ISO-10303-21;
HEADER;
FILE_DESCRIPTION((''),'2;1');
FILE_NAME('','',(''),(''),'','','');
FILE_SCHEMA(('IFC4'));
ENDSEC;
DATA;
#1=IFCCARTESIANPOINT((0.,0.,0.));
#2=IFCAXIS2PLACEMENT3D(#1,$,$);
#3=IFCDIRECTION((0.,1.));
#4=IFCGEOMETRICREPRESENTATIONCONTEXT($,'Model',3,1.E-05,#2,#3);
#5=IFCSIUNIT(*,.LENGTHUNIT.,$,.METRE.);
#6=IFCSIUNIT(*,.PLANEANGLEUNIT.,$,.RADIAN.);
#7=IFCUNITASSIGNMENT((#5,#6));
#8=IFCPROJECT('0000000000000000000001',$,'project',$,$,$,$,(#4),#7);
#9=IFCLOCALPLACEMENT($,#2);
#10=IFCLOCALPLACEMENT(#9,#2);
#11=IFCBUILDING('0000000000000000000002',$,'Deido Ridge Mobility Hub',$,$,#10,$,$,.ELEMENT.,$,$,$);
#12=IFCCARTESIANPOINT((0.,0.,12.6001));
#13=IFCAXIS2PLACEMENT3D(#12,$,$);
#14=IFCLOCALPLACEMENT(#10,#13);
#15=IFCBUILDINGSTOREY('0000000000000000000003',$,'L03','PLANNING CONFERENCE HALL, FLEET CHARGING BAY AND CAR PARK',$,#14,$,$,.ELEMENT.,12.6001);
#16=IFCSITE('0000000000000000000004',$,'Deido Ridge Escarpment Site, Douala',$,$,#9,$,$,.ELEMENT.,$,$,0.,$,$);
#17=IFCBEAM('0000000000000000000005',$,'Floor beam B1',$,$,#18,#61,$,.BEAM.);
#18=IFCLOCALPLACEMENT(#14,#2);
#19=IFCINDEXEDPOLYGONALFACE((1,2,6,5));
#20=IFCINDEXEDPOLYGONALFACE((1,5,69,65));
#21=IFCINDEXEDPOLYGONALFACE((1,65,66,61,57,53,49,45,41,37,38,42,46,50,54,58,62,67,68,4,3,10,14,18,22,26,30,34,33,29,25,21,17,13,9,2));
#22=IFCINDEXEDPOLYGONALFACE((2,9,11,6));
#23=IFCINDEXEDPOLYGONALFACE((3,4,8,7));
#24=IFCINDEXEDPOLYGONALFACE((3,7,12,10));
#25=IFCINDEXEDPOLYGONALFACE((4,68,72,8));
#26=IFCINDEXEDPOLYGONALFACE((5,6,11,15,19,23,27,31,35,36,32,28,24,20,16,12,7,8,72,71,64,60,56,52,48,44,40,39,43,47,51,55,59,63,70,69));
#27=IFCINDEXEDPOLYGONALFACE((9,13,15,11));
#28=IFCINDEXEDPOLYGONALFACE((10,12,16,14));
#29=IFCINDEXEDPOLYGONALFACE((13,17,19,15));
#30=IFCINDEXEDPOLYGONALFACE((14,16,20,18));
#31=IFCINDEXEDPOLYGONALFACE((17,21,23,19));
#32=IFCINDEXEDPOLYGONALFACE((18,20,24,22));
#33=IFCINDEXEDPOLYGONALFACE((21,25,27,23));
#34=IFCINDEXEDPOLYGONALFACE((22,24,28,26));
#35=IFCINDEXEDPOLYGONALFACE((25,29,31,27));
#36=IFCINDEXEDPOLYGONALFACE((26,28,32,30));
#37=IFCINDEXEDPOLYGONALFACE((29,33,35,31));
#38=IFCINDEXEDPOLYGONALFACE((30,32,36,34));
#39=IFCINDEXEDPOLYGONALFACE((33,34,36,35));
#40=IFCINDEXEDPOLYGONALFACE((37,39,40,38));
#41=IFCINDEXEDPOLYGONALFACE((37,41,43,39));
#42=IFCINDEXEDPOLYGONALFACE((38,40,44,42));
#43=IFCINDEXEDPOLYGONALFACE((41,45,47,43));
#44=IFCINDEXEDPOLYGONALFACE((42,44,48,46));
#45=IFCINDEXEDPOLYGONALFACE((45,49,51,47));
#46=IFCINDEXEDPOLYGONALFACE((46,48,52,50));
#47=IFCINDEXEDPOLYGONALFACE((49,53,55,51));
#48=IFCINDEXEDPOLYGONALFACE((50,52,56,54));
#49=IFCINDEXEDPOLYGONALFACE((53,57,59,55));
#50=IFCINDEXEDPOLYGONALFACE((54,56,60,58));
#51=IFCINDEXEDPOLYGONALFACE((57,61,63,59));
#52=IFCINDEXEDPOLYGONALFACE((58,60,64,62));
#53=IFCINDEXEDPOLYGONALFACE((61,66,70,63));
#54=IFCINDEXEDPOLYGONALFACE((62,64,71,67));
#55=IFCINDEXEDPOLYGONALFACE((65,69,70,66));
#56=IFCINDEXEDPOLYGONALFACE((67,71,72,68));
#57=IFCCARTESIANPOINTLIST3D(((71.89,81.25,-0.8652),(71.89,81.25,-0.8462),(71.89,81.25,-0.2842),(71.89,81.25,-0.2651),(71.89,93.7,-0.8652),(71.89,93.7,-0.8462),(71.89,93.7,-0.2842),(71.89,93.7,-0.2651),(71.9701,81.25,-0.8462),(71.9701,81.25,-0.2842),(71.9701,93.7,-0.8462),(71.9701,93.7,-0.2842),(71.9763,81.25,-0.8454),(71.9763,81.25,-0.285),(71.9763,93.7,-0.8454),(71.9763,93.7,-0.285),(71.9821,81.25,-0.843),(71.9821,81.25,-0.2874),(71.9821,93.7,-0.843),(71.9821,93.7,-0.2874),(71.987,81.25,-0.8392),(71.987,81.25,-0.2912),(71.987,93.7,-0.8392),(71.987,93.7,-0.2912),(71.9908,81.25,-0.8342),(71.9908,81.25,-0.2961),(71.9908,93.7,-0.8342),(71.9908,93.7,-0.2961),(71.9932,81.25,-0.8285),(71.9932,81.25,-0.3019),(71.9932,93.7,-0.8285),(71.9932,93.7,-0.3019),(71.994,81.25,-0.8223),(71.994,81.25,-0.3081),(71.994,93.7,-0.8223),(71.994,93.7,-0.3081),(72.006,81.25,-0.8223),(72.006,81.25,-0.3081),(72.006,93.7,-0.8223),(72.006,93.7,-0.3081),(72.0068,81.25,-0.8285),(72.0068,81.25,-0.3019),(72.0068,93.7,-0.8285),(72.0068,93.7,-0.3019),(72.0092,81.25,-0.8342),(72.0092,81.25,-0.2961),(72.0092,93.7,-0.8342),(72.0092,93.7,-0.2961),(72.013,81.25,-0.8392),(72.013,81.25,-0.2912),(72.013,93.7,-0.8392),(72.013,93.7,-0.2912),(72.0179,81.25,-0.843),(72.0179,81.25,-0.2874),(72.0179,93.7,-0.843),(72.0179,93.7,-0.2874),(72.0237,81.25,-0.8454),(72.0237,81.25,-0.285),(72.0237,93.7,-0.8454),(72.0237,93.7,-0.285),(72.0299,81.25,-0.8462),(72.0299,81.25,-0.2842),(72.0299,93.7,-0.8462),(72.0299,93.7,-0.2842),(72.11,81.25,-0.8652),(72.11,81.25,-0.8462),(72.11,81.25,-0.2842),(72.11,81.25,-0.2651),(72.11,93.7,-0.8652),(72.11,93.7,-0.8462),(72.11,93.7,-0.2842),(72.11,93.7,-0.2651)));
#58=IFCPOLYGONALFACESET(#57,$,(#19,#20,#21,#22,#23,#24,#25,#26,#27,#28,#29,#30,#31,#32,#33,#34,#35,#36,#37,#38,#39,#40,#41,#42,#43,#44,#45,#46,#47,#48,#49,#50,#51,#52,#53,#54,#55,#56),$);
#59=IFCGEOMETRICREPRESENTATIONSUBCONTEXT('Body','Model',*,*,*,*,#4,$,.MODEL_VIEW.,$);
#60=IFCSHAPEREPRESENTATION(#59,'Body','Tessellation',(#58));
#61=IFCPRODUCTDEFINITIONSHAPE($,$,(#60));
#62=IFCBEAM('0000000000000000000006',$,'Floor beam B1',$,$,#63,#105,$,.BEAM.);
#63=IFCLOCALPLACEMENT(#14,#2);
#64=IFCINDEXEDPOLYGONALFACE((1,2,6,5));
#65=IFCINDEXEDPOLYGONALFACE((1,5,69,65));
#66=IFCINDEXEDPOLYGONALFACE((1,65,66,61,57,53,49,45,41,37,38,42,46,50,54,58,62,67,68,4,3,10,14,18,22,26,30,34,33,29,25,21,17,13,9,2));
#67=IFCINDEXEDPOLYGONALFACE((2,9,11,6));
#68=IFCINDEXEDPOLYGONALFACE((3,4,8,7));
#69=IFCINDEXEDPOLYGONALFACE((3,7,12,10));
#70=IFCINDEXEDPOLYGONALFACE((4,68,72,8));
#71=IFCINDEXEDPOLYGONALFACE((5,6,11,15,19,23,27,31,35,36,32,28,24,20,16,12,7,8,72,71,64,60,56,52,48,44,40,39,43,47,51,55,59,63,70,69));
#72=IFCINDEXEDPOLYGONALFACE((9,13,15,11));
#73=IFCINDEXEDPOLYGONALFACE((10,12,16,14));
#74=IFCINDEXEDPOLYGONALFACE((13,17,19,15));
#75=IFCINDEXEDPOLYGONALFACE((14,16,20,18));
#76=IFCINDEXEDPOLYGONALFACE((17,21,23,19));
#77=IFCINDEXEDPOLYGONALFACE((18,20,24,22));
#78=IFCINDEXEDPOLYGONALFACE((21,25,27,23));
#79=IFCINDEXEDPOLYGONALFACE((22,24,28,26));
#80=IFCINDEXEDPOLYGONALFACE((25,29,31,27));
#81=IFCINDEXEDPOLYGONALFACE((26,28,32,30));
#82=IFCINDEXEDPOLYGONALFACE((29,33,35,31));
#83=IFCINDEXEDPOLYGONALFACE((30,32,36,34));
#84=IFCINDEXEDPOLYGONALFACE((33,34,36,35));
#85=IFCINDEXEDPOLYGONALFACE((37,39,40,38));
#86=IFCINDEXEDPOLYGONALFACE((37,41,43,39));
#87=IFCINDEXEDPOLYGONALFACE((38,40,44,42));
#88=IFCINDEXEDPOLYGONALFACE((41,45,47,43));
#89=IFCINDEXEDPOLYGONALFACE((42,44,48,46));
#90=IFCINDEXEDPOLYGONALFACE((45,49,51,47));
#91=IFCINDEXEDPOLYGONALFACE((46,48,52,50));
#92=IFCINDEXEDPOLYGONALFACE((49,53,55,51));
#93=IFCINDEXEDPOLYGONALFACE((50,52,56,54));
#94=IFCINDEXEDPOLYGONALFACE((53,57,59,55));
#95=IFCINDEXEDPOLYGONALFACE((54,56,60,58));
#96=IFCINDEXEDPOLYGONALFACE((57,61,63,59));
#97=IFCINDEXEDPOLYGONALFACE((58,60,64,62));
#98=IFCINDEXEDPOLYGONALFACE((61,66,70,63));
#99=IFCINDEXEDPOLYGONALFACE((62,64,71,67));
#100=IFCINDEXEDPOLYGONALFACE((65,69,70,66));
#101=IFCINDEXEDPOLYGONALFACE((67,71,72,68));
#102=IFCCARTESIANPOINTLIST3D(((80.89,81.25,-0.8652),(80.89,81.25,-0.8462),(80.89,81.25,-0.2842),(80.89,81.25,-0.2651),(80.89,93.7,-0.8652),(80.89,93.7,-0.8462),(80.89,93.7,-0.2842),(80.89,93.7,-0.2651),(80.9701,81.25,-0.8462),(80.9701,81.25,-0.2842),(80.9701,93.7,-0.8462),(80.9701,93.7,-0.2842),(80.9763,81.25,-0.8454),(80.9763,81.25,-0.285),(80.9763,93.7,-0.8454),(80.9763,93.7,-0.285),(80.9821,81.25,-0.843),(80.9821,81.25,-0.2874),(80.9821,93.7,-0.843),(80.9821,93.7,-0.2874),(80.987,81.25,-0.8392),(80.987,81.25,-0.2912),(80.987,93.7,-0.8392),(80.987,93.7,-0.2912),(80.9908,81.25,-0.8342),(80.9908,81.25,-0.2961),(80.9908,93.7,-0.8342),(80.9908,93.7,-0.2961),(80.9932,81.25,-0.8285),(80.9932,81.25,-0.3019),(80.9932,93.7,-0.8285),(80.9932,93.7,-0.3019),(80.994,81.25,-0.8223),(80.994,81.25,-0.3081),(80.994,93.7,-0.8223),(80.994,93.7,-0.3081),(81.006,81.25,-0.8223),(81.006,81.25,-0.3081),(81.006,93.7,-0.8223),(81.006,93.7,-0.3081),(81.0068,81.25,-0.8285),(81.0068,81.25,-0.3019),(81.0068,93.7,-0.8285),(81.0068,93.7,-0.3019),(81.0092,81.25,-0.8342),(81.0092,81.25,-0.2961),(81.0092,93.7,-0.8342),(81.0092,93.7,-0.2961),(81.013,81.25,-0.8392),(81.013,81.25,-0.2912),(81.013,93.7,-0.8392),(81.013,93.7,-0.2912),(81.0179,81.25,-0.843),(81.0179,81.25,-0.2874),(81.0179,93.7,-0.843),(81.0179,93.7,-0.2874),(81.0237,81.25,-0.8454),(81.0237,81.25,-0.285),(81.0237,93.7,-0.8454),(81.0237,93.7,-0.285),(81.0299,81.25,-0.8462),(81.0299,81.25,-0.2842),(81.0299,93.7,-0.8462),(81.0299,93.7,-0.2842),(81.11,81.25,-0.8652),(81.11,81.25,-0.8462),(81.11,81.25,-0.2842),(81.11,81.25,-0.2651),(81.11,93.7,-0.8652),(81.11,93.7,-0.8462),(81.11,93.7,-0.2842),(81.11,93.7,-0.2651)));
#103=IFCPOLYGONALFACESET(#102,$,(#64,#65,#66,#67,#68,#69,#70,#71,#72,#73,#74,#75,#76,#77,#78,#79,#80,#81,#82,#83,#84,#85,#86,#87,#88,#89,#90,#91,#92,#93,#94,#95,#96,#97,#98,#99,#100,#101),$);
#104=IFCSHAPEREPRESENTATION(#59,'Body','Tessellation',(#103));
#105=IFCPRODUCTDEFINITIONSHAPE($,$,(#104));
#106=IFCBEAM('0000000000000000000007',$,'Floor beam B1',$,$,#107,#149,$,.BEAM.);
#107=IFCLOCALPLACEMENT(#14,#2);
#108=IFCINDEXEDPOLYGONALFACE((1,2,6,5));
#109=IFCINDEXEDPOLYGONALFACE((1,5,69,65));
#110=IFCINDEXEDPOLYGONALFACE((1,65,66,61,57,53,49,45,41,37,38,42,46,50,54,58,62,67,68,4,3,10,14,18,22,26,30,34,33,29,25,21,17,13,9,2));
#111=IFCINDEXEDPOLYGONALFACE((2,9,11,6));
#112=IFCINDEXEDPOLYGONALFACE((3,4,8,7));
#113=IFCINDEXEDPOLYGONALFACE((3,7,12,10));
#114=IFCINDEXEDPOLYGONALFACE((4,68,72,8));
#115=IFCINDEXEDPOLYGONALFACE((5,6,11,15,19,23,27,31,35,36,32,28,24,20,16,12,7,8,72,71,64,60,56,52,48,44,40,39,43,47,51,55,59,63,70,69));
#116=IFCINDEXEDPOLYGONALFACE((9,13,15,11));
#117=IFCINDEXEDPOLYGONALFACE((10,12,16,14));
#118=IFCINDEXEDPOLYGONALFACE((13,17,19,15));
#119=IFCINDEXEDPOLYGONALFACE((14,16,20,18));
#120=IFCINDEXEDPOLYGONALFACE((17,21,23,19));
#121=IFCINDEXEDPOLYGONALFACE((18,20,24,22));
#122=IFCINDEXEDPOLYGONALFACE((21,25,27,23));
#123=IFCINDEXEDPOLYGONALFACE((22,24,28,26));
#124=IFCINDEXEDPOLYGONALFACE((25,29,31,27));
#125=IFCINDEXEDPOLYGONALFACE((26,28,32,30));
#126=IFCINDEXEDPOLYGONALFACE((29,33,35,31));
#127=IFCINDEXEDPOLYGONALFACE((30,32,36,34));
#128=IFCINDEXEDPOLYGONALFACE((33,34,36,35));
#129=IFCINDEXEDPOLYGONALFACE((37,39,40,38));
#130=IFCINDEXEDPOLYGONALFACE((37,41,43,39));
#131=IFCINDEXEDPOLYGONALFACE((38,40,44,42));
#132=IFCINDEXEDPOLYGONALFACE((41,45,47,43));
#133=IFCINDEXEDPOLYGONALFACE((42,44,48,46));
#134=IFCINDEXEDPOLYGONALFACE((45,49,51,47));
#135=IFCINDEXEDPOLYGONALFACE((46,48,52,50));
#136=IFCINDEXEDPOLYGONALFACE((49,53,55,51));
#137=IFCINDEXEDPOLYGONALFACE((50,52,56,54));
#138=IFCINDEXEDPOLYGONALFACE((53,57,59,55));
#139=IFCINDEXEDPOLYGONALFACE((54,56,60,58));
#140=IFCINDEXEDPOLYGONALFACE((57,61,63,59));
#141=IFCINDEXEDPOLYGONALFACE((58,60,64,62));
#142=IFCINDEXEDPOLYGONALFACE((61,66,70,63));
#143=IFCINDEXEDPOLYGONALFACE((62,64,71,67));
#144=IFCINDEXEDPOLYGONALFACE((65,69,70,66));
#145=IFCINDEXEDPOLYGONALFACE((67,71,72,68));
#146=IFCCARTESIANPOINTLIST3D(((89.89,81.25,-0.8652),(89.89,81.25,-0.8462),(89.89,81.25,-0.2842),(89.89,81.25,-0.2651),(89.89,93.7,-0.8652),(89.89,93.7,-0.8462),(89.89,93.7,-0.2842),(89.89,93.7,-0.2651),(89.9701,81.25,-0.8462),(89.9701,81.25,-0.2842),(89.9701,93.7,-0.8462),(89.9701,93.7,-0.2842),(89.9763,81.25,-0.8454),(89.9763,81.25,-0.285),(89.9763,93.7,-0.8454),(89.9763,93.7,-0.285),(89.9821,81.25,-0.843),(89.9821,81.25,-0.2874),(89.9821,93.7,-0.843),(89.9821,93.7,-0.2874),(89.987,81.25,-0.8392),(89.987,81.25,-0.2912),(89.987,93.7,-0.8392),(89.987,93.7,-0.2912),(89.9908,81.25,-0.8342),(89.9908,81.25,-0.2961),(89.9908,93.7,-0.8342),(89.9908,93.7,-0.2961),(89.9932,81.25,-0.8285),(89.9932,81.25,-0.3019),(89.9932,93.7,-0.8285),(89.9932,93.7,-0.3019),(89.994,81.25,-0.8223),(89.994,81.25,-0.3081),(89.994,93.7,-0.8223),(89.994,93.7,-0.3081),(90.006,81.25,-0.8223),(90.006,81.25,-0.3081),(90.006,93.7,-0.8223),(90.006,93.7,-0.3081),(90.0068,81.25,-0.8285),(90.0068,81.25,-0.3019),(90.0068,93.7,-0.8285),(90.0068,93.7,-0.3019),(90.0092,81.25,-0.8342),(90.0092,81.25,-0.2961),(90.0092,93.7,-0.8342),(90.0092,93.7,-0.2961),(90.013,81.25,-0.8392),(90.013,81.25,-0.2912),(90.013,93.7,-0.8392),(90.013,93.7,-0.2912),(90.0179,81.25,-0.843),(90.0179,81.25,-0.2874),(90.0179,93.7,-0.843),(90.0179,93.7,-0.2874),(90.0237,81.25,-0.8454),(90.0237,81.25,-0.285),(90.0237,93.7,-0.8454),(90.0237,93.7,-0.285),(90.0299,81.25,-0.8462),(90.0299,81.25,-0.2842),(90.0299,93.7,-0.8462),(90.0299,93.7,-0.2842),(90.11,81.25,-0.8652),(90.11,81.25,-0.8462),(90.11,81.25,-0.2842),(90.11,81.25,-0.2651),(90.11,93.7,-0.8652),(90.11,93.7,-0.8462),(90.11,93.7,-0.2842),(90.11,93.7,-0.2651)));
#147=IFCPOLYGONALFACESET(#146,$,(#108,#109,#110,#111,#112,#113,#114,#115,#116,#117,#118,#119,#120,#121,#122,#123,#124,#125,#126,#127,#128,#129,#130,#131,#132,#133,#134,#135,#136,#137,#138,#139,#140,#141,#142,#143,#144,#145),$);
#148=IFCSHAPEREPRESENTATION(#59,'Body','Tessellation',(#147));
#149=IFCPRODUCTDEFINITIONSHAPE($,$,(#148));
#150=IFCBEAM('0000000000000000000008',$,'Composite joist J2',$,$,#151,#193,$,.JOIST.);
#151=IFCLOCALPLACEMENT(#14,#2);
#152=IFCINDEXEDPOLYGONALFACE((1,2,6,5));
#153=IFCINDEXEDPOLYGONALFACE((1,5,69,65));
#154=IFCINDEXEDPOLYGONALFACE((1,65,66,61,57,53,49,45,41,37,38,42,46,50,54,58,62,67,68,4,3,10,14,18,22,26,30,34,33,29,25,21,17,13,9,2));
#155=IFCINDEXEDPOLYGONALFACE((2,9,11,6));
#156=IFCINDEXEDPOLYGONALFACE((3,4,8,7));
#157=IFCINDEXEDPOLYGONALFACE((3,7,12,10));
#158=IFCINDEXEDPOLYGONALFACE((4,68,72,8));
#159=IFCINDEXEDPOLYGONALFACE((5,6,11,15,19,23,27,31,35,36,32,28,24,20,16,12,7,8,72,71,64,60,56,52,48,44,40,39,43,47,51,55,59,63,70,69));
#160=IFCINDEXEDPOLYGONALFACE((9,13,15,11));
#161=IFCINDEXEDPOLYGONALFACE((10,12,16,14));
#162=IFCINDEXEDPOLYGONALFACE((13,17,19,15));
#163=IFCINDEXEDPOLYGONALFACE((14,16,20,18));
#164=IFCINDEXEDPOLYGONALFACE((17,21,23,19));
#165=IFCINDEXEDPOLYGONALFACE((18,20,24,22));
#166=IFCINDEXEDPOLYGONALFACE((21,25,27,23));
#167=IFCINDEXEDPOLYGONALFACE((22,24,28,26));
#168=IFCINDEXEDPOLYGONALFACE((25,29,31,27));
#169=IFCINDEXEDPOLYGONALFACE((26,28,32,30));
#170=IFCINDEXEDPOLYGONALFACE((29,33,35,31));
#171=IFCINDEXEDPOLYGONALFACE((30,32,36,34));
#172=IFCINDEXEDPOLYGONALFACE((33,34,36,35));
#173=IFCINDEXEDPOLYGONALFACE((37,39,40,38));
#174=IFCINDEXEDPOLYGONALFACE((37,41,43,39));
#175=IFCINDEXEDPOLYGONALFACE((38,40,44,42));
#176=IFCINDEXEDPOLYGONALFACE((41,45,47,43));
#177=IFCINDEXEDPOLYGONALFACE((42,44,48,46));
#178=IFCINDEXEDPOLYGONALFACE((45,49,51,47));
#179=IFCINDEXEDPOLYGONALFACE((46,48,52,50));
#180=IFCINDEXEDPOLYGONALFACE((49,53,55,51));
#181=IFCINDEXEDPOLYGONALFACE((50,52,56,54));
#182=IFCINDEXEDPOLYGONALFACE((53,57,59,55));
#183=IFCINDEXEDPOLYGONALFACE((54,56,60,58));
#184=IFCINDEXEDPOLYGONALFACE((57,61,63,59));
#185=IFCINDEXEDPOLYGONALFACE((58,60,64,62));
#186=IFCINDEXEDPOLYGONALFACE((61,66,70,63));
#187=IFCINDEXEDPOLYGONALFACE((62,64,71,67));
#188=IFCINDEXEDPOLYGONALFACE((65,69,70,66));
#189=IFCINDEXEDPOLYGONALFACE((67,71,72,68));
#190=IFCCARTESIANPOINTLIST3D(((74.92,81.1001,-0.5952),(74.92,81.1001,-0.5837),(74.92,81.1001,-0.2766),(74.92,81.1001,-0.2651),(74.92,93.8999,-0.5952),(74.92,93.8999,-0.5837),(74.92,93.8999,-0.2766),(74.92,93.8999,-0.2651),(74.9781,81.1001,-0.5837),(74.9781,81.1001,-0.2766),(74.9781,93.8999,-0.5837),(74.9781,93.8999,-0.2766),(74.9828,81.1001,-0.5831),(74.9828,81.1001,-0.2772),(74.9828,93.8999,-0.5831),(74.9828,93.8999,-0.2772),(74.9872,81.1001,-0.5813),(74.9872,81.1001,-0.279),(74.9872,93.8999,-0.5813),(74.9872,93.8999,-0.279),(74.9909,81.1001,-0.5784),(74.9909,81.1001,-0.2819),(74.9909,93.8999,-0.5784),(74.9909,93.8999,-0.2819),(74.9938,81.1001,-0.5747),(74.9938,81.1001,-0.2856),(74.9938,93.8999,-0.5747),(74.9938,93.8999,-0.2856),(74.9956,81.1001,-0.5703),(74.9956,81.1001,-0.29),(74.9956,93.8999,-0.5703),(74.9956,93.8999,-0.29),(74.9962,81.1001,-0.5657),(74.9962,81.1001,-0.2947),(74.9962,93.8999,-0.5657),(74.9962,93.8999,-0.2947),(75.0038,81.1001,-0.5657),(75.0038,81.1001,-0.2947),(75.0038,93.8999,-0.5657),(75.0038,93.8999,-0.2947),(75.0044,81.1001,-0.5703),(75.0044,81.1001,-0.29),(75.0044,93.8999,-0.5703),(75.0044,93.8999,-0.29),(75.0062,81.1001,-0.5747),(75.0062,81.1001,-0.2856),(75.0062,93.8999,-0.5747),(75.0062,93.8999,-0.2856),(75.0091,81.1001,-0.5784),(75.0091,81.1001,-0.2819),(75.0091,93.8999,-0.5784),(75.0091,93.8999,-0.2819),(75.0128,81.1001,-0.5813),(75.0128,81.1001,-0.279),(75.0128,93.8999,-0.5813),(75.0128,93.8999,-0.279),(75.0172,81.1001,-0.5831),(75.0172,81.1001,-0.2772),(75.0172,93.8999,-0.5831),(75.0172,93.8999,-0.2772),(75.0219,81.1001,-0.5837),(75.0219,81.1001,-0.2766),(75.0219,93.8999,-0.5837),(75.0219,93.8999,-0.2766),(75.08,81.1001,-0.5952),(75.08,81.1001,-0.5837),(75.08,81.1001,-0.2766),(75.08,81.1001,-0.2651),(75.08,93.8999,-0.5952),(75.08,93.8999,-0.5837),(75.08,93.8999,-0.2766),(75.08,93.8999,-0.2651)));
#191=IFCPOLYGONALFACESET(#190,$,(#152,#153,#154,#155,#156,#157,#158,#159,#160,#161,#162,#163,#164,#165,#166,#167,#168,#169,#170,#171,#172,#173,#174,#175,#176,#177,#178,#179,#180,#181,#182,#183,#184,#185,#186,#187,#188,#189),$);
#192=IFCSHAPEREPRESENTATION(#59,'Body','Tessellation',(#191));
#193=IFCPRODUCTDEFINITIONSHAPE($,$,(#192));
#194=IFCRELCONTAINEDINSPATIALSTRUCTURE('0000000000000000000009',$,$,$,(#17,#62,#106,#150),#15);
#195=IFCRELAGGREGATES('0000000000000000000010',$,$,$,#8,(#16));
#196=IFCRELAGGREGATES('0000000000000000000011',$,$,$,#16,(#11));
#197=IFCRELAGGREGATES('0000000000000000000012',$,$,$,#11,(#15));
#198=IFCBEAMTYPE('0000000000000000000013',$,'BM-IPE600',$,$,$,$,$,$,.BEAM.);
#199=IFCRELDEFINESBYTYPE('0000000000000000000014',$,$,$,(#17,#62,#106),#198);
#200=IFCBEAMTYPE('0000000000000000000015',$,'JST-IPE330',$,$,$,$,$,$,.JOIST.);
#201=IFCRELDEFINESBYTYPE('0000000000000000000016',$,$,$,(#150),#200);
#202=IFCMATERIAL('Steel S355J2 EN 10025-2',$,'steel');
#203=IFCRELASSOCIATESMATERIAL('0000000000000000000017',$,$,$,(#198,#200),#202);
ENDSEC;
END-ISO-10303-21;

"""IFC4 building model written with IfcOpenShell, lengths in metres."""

from ifc_helpers import new_model, si_unit, direction, frame, origin, origin_2d, place, context, subcontext, project, spatial, i_section, extrude, material, material_profile, profile_set, type_object, element, save


model = new_model("IFC4")

# Units and contexts
model_context = context("Model", 3, precision=1e-05, world=origin(), true_north=direction((0.0, 1.0)))
body_context = subcontext(model_context, "Body", "Model", "MODEL_VIEW")
ifc_project = project(units=[si_unit("LENGTHUNIT", "METRE"), si_unit("PLANEANGLEUNIT", "RADIAN")], contexts=[model_context])

# Site, building, storey
site_placement = place(None, origin())
site = spatial("IfcSite", under=ifc_project, at=site_placement, Name="Deido Ridge Escarpment Site, Douala", CompositionType="ELEMENT", RefElevation=0.0)
building_placement = place(site_placement, origin())
building = spatial("IfcBuilding", under=site, at=building_placement, Name="Deido Ridge Mobility Hub", CompositionType="ELEMENT")
storey_placement = place(building_placement, frame((0.0, 0.0, 12.6001)))
storey = spatial("IfcBuildingStorey", under=building, at=storey_placement, Name="L03", Description="PLANNING CONFERENCE HALL, FLEET CHARGING BAY AND CAR PARK", CompositionType="ELEMENT", Elevation=12.6001)

# Shared definitions
ifc_material_1 = material(Name="Steel S355J2 EN 10025-2", Category="steel")

# Beams
ifc_material_profile_1 = material_profile(ifc_material_1, i_section(OverallWidth=0.22, OverallDepth=0.6001, WebThickness=0.012, FlangeThickness=0.019, FilletRadius=0.0239, at=origin_2d()), Name="IPE 600")
ifc_profile_set_1 = profile_set([ifc_material_profile_1], Name="Steel S355J2 EN 10025-2")
beam_type_1 = type_object("IfcBeamType", Name="BM-IPE600", PredefinedType="BEAM", material=ifc_profile_set_1)
for number, where, z_axis, x_axis, name in (
    (1, (72.0, 81.25, -0.5652), (0.0, 1.0, 0.0), (-1.0, 0.0, 0.0), "Floor beam B1"),
    (2, (81.0, 81.25, -0.5652), (0.0, 1.0, 0.0), (-1.0, 0.0, 0.0), "Floor beam B1"),
    (3, (90.0, 81.25, -0.5652), (0.0, 1.0, 0.0), (-1.0, 0.0, 0.0), "Floor beam B1"),
):
    element("IfcBeam", number, at=place(storey_placement, frame(where, z_axis=z_axis, x_axis=x_axis)), inside=storey, type_object=beam_type_1, Name=name, PredefinedType="BEAM", context=body_context, shape_type="SweptSolid", body=[
        extrude(i_section(OverallWidth=0.22, OverallDepth=0.6001, WebThickness=0.012, FlangeThickness=0.019, FilletRadius=0.0239, at=origin_2d()), origin(), (0.0, 0.0, 1.0), 12.45),
    ])
ifc_material_profile_2 = material_profile(ifc_material_1, i_section(OverallWidth=0.1599, OverallDepth=0.3301, WebThickness=0.0076, FlangeThickness=0.0115, FilletRadius=0.0181, at=origin_2d()), Name="IPE 330")
ifc_profile_set_2 = profile_set([ifc_material_profile_2], Name="Steel S355J2 EN 10025-2")
beam_type_2 = type_object("IfcBeamType", Name="JST-IPE330", PredefinedType="JOIST", material=ifc_profile_set_2)
for number, where, z_axis, x_axis, name in (
    (4, (75.0, 81.1001, -0.4302), (0.0, 1.0, 0.0), (-1.0, 0.0, 0.0), "Composite joist J2"),
):
    element("IfcBeam", number, at=place(storey_placement, frame(where, z_axis=z_axis, x_axis=x_axis)), inside=storey, type_object=beam_type_2, Name=name, PredefinedType="JOIST", context=body_context, shape_type="SweptSolid", body=[
        extrude(i_section(OverallWidth=0.1599, OverallDepth=0.3301, WebThickness=0.0076, FlangeThickness=0.0115, FilletRadius=0.0181, at=origin_2d()), origin(), (0.0, 0.0, 1.0), 12.7998),
    ])

save(model, "model.ifc")
